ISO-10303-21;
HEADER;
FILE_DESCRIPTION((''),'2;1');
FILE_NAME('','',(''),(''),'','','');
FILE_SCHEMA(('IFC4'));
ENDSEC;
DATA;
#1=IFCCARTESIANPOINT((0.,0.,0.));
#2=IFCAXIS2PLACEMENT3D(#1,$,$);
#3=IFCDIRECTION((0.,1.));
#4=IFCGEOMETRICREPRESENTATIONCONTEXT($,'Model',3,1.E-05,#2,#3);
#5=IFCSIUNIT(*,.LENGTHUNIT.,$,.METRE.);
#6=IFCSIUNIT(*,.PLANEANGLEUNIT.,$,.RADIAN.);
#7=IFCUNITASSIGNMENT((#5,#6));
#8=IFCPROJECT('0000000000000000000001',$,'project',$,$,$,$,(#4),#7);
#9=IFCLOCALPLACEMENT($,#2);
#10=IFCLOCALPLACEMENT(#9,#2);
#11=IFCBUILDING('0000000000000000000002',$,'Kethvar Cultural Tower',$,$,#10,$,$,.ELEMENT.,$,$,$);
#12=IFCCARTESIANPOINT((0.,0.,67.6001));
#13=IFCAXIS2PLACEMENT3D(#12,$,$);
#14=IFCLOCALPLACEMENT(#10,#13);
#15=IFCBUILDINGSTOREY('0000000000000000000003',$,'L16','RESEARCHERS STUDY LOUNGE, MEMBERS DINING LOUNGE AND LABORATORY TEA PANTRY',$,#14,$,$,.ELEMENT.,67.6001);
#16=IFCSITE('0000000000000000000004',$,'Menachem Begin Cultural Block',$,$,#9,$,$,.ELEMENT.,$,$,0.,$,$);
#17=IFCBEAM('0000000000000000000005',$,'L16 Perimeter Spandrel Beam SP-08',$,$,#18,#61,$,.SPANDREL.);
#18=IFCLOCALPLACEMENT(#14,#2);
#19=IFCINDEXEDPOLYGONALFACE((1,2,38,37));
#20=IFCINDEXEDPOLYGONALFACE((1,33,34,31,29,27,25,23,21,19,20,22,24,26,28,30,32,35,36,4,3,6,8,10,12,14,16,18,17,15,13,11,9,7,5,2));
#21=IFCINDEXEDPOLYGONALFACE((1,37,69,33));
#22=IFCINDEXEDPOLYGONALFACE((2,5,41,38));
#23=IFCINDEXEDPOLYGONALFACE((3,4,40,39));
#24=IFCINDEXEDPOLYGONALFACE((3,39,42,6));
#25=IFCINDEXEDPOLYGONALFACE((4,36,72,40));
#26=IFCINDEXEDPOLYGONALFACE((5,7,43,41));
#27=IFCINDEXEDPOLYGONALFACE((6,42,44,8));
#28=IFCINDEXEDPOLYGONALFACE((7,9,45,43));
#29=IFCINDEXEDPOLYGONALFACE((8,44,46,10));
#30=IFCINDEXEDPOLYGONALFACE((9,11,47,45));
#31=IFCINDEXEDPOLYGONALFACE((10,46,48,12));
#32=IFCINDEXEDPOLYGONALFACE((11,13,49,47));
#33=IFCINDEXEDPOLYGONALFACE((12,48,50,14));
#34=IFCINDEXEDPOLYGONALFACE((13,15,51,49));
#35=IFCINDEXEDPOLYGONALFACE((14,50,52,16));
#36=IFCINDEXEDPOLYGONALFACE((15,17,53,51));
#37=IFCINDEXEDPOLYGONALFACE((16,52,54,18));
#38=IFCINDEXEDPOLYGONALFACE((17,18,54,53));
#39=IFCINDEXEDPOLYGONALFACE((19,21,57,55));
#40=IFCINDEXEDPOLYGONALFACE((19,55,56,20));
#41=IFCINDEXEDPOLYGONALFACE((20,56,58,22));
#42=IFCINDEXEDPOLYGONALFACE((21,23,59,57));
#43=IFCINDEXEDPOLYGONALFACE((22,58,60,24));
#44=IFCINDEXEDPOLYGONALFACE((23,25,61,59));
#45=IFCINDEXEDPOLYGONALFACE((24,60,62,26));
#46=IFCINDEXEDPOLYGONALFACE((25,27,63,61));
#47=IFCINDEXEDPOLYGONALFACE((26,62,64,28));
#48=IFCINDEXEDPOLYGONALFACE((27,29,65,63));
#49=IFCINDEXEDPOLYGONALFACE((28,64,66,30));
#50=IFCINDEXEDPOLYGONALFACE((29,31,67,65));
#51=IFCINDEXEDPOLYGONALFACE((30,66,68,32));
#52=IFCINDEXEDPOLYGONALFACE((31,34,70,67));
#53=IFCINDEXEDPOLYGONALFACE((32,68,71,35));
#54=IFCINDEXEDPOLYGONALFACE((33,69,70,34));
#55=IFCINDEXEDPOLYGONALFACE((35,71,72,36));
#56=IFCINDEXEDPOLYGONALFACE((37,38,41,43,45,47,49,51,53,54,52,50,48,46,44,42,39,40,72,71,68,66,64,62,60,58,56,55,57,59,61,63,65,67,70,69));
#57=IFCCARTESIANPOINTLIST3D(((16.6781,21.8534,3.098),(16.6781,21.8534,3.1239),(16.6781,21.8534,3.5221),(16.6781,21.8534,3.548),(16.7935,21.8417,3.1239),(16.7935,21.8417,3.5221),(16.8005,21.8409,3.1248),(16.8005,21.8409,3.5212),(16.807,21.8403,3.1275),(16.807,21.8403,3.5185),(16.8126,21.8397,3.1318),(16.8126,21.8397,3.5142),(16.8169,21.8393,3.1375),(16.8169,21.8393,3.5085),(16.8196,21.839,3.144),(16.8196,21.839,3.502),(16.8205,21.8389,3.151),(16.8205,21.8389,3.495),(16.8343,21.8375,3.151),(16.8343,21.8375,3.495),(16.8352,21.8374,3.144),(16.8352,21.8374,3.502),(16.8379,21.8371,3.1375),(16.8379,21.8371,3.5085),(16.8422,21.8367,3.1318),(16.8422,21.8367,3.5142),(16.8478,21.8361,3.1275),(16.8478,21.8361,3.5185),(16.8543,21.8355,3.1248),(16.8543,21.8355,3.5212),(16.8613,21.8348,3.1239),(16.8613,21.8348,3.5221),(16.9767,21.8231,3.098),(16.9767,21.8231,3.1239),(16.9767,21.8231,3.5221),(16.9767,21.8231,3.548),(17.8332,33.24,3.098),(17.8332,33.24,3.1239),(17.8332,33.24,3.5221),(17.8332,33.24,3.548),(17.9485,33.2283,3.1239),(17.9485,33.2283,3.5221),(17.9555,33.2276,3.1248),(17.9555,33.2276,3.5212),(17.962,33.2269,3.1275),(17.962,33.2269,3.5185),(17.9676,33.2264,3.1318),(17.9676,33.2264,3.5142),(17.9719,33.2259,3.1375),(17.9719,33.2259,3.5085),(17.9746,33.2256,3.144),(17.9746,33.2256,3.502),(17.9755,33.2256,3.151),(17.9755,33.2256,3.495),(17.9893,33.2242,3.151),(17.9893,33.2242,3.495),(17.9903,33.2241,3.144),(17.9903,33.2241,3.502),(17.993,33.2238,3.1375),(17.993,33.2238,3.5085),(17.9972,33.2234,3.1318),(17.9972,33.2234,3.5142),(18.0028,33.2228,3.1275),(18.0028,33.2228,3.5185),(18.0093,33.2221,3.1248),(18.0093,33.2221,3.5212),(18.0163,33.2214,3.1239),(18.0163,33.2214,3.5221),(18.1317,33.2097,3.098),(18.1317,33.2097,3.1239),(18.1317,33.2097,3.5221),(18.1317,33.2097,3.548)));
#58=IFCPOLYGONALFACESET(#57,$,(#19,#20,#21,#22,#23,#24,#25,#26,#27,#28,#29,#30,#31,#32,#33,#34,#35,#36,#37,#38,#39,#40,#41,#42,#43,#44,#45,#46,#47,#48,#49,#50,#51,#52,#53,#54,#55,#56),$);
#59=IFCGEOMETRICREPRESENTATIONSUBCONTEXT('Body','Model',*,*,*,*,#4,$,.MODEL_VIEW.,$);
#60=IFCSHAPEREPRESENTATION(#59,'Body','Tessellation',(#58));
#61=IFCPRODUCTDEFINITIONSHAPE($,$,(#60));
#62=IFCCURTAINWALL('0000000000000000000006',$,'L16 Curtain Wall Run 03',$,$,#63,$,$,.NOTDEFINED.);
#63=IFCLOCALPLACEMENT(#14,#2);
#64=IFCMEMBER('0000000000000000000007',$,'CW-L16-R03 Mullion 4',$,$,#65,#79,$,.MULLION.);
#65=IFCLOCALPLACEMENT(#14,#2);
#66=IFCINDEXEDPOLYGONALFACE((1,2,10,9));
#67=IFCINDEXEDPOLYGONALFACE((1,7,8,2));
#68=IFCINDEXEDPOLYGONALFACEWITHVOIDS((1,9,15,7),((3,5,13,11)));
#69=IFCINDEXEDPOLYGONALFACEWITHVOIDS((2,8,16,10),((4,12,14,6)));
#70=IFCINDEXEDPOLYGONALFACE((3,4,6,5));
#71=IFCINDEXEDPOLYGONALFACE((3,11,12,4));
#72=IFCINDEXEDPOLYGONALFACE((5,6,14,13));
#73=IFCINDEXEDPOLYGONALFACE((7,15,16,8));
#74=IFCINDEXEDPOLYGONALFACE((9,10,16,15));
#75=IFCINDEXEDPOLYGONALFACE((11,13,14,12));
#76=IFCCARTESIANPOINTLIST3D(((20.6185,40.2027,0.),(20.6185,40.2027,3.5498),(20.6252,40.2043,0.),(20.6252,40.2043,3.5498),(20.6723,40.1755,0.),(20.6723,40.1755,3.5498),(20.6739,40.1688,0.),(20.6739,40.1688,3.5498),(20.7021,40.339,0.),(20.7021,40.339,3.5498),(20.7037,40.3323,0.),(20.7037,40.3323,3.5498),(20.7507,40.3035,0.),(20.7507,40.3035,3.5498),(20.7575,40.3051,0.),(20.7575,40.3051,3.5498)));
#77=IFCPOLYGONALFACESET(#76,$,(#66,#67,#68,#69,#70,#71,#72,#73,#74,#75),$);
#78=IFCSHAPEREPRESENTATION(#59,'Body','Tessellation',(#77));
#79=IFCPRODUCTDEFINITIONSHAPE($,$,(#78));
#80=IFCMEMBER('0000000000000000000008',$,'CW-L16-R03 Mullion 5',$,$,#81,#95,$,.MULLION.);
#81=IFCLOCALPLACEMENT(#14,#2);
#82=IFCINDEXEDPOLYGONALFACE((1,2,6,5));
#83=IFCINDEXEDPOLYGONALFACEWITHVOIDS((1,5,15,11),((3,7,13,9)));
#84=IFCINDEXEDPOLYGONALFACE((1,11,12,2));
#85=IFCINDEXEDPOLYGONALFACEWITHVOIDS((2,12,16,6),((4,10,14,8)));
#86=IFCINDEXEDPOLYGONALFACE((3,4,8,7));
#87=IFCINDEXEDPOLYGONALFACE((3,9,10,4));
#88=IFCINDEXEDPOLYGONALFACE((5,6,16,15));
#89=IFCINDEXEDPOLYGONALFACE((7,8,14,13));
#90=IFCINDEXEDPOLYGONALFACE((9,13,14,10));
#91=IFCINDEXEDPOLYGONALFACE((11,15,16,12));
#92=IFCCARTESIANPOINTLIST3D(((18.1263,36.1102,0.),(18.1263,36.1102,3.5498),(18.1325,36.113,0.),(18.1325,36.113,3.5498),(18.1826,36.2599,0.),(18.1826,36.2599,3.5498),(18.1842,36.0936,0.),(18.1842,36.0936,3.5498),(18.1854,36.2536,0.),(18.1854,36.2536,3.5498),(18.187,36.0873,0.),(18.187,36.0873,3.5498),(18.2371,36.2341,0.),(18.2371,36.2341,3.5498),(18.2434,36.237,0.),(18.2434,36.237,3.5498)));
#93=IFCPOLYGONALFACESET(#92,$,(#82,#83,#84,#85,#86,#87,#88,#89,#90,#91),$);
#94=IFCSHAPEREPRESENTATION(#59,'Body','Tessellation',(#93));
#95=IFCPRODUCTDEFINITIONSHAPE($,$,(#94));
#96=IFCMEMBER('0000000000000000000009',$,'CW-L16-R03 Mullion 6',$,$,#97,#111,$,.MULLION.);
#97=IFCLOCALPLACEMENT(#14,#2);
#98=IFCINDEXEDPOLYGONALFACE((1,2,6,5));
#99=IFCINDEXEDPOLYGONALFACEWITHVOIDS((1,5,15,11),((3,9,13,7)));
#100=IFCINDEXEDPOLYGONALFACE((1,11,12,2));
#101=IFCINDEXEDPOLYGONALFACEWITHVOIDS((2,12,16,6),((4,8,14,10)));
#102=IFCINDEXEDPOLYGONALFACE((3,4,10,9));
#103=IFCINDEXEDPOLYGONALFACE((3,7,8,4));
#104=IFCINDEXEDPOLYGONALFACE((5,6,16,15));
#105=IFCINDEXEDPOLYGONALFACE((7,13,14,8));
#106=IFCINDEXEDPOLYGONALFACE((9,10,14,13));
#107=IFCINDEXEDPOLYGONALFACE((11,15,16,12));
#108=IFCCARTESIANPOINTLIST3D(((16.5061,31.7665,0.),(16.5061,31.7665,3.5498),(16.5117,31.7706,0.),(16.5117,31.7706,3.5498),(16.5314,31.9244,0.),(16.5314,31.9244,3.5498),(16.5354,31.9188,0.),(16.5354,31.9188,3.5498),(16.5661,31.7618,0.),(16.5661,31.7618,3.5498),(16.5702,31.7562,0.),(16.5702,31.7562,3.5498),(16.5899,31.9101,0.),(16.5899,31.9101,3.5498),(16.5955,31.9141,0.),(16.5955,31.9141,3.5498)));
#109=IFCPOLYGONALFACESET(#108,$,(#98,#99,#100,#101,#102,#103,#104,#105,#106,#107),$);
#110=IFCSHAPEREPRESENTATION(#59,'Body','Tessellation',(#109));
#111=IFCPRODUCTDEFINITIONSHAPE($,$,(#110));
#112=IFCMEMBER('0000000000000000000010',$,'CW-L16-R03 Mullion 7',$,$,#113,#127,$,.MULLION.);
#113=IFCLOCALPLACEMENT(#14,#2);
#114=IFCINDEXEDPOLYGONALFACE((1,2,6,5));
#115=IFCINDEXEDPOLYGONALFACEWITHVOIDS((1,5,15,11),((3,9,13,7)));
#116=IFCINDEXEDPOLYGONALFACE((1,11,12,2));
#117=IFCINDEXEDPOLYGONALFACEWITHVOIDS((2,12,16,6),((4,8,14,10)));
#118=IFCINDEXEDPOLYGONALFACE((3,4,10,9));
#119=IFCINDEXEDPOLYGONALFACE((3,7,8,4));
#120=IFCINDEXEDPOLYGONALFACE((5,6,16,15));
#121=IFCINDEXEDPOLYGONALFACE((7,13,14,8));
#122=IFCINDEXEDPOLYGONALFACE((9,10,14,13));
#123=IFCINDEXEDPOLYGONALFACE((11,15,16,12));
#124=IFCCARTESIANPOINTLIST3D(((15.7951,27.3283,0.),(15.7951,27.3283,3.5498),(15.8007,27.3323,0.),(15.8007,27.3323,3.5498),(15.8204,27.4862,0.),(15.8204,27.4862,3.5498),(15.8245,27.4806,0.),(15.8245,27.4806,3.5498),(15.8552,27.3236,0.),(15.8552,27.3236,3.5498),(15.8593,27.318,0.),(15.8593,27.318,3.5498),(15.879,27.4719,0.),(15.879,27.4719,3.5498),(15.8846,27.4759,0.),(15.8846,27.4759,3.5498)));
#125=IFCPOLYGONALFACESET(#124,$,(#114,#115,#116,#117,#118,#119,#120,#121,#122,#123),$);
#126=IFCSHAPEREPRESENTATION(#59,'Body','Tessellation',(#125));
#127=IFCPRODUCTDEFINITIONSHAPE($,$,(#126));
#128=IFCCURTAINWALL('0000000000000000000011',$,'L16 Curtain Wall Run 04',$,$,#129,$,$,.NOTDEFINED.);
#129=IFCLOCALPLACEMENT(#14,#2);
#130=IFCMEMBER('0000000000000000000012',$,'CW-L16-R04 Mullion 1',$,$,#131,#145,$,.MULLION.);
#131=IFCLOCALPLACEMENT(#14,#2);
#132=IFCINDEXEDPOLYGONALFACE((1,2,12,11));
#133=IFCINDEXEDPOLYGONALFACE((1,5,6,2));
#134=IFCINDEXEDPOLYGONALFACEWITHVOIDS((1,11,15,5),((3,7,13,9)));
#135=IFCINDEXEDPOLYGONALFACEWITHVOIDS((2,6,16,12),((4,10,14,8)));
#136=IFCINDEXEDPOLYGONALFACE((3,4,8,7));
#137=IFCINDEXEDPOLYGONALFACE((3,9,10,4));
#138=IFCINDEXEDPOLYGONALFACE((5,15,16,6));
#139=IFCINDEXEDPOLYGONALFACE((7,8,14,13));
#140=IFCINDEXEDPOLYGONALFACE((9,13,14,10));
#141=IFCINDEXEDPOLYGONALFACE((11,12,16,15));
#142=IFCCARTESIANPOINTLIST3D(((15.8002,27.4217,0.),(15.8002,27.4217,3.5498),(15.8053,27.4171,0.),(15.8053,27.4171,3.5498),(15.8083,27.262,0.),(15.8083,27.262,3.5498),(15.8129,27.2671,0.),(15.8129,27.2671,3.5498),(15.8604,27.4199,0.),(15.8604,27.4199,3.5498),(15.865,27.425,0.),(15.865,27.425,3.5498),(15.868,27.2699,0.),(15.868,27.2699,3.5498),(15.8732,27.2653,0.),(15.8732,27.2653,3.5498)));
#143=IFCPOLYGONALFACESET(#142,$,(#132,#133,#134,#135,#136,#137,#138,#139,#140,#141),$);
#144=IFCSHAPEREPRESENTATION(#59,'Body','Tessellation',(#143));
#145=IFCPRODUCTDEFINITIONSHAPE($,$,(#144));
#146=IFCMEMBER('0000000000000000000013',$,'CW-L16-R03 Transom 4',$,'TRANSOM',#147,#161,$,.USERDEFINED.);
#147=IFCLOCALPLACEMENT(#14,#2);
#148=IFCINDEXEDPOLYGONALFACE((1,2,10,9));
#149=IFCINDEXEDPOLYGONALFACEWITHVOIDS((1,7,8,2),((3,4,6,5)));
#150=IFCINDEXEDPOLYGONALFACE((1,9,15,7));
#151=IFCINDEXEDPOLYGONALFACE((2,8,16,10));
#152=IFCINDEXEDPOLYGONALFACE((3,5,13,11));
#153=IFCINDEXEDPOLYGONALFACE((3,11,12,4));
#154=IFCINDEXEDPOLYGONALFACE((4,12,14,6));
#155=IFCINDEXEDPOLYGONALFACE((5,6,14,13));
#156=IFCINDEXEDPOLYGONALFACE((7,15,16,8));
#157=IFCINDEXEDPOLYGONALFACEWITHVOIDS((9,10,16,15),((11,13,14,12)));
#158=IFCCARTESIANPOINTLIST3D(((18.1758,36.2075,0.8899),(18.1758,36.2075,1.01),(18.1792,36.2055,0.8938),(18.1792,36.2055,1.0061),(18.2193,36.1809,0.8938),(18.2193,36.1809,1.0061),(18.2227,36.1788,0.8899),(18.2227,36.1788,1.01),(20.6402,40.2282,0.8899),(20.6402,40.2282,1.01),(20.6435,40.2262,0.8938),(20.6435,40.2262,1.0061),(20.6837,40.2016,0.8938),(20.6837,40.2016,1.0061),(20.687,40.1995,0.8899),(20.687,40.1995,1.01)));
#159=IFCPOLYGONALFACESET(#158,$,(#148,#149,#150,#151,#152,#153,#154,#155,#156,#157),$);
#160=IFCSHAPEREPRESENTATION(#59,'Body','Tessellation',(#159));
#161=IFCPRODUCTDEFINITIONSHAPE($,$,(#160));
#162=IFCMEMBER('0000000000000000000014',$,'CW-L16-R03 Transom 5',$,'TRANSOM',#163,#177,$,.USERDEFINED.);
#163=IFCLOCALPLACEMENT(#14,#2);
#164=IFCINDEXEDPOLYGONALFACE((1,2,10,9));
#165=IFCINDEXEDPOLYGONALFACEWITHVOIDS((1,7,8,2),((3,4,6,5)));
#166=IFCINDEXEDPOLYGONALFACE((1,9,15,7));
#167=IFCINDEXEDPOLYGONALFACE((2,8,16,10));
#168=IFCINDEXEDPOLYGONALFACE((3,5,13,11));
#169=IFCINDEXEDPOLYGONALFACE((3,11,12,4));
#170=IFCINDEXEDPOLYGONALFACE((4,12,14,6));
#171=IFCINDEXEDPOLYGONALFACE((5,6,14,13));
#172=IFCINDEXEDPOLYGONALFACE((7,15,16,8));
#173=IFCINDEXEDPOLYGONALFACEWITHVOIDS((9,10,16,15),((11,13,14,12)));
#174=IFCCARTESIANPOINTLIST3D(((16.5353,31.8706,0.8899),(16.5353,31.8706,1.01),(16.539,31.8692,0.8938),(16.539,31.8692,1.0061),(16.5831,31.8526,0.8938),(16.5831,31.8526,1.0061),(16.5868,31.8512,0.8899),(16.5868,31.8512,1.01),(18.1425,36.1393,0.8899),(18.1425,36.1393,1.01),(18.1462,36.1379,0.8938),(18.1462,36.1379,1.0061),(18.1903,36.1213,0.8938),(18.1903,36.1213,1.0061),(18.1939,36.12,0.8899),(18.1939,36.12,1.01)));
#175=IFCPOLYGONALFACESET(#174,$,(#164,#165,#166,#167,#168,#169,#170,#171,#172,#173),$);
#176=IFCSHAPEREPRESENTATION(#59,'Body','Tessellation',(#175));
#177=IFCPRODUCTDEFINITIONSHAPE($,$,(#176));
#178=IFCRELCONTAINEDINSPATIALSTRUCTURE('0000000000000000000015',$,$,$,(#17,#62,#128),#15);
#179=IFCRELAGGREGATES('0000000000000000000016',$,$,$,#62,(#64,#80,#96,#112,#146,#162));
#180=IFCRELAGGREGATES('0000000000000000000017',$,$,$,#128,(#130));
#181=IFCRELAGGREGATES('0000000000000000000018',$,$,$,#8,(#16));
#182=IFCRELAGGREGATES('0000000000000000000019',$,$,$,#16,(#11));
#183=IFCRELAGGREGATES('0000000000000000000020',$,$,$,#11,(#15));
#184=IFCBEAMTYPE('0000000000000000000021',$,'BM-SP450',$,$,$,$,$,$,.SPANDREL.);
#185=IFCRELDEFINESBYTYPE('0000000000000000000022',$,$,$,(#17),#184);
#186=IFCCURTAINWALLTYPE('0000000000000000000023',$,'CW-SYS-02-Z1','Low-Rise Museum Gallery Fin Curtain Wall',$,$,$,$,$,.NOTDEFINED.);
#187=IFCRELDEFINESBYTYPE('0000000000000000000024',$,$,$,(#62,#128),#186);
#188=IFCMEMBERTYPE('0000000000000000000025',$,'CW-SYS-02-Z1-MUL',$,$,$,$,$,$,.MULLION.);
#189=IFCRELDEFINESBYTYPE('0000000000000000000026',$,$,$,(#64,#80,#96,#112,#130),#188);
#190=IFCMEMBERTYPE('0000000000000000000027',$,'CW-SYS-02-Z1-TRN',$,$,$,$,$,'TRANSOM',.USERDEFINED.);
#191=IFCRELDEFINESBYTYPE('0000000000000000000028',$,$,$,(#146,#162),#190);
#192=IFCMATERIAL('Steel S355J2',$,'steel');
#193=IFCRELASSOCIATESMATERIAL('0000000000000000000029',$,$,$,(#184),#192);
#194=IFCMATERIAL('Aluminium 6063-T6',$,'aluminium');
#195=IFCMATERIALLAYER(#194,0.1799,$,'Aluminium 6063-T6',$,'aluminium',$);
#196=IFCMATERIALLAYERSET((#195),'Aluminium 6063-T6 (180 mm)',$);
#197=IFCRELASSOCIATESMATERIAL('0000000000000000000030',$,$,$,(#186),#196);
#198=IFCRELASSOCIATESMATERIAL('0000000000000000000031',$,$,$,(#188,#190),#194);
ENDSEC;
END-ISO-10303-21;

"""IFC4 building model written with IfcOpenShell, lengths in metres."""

from ifc_helpers import new_model, si_unit, direction, frame, origin, origin_2d, place, context, subcontext, project, spatial, hollow_rectangle, i_section, extrude, source, transform, mapped, material, layer, layer_set, material_profile, profile_set, type_object, element, aggregate, save


model = new_model("IFC4")

# Units and contexts
model_context = context("Model", 3, precision=1e-05, world=origin(), true_north=direction((0.0, 1.0)))
body_context = subcontext(model_context, "Body", "Model", "MODEL_VIEW")
ifc_project = project(units=[si_unit("LENGTHUNIT", "METRE"), si_unit("PLANEANGLEUNIT", "RADIAN")], contexts=[model_context])

# Site, building, storey
site_placement = place(None, origin())
site = spatial("IfcSite", under=ifc_project, at=site_placement, Name="Menachem Begin Cultural Block", CompositionType="ELEMENT", RefElevation=0.0)
building_placement = place(site_placement, origin())
building = spatial("IfcBuilding", under=site, at=building_placement, Name="Kethvar Cultural Tower", CompositionType="ELEMENT")
storey_placement = place(building_placement, frame((0.0, 0.0, 67.6001)))
storey = spatial("IfcBuildingStorey", under=building, at=storey_placement, Name="L16", Description="RESEARCHERS STUDY LOUNGE, MEMBERS DINING LOUNGE AND LABORATORY TEA PANTRY", CompositionType="ELEMENT", Elevation=67.6001)

# Beam
ifc_material_1 = material(Name="Steel S355J2", Category="steel")
ifc_material_profile_1 = material_profile(ifc_material_1, i_section(OverallWidth=0.3, OverallDepth=0.45, WebThickness=0.0139, FlangeThickness=0.0259, FilletRadius=0.0271, at=origin_2d()), Name="Steel S355J2 — HEB450")
ifc_profile_set_1 = profile_set([ifc_material_profile_1], Name="Steel S355J2 — HEB450")
beam_type_1 = type_object("IfcBeamType", Name="BM-SP450", PredefinedType="SPANDREL", material=ifc_profile_set_1)
shared_shape_1 = source(origin(), body_context, "Body", "SweptSolid", [
    extrude(i_section(OverallWidth=0.3, OverallDepth=0.45, WebThickness=0.0139, FlangeThickness=0.0259, FilletRadius=0.0271, at=origin_2d()), origin(), (0.0, 0.0, 1.0), 11.4451),
])
beam_1_placement = place(storey_placement, frame((17.9824, 33.2249, 3.323), z_axis=(-0.100919, -0.994895, 0.0), x_axis=(0.994895, -0.100919, 0.0)))
element("IfcBeam", 1, at=beam_1_placement, inside=storey, type_object=beam_type_1, Name="L16 Perimeter Spandrel Beam SP-08", PredefinedType="SPANDREL", context=body_context, shape_type="MappedRepresentation", body=[
    mapped(shared_shape_1, transform((0.0, 0.0, 0.0), scale=1.0)),
])

# Curtain wall, members
ifc_material_2 = material(Name="Aluminium 6063-T6", Category="aluminium")
ifc_layer_1 = layer(ifc_material_2, 0.1799, Name="Aluminium 6063-T6", Category="aluminium")
ifc_layer_set_1 = layer_set([ifc_layer_1], Name="Aluminium 6063-T6 (180 mm)")
curtain_wall_type = type_object("IfcCurtainWallType", Name="CW-SYS-02-Z1", Description="Low-Rise Museum Gallery Fin Curtain Wall", PredefinedType="NOTDEFINED", material=ifc_layer_set_1)
curtain_wall_1_placement = place(storey_placement, origin())
curtain_wall_1 = element("IfcCurtainWall", 2, at=curtain_wall_1_placement, inside=storey, type_object=curtain_wall_type, Name="L16 Curtain Wall Run 03", PredefinedType="NOTDEFINED")
ifc_material_profile_2 = material_profile(ifc_material_2, hollow_rectangle(XDim=0.0649, YDim=0.1599, WallThickness=0.0049, at=origin_2d()), Name="Aluminium 6063-T6 — RHS160x65x5")
ifc_profile_set_2 = profile_set([ifc_material_profile_2], Name="Aluminium 6063-T6 — RHS160x65x5")
member_type_1 = type_object("IfcMemberType", Name="CW-SYS-02-Z1-MUL", PredefinedType="MULLION", material=ifc_profile_set_2)
shared_shape_2 = source(origin(), body_context, "Body", "SweptSolid", [
    extrude(hollow_rectangle(XDim=0.0649, YDim=0.1599, WallThickness=0.0049, at=origin_2d()), origin(), (0.0, 0.0, 1.0), 3.5498),
])
member_1_placement = place(storey_placement, frame((20.688, 40.2539, 0.0), z_axis=(0.0, 0.0, 1.0), x_axis=(0.852613, -0.522543, 0.0)))
member_1 = element("IfcMember", 3, at=member_1_placement, type_object=member_type_1, Name="CW-L16-R03 Mullion 4", PredefinedType="MULLION", context=body_context, shape_type="MappedRepresentation", body=[
    mapped(shared_shape_2, transform((0.0, 0.0, 0.0), scale=1.0)),
])
member_2_placement = place(storey_placement, frame((18.1848, 36.1736, 0.0), z_axis=(0.0, 0.0, 1.0), x_axis=(0.935863, -0.352364, 0.0)))
member_2 = element("IfcMember", 4, at=member_2_placement, type_object=member_type_1, Name="CW-L16-R03 Mullion 5", PredefinedType="MULLION", context=body_context, shape_type="MappedRepresentation", body=[
    mapped(shared_shape_2, transform((0.0, 0.0, 0.0), scale=1.0)),
])
member_3_placement = place(storey_placement, frame((16.5508, 31.8403, 0.0), z_axis=(0.0, 0.0, 1.0), x_axis=(0.987411, -0.158175, 0.0)))
member_3 = element("IfcMember", 5, at=member_3_placement, type_object=member_type_1, Name="CW-L16-R03 Mullion 6", PredefinedType="MULLION", context=body_context, shape_type="MappedRepresentation", body=[
    mapped(shared_shape_2, transform((0.0, 0.0, 0.0), scale=1.0)),
])
member_4_placement = place(storey_placement, frame((15.8398, 27.4021, 0.0), z_axis=(0.0, 0.0, 1.0), x_axis=(0.987411, -0.158175, 0.0)))
member_4 = element("IfcMember", 6, at=member_4_placement, type_object=member_type_1, Name="CW-L16-R03 Mullion 7", PredefinedType="MULLION", context=body_context, shape_type="MappedRepresentation", body=[
    mapped(shared_shape_2, transform((0.0, 0.0, 0.0), scale=1.0)),
])

# Curtain wall, member
curtain_wall_2_placement = place(storey_placement, origin())
curtain_wall_2 = element("IfcCurtainWall", 7, at=curtain_wall_2_placement, inside=storey, type_object=curtain_wall_type, Name="L16 Curtain Wall Run 04", PredefinedType="NOTDEFINED")
member_5_placement = place(storey_placement, frame((15.8367, 27.3435, 0.0), z_axis=(0.0, 0.0, 1.0), x_axis=(0.998711, 0.05075, 0.0)))
member_5 = element("IfcMember", 8, at=member_5_placement, type_object=member_type_1, Name="CW-L16-R04 Mullion 1", PredefinedType="MULLION", context=body_context, shape_type="MappedRepresentation", body=[
    mapped(shared_shape_2, transform((0.0, 0.0, 0.0), scale=1.0)),
])

# Members
ifc_material_profile_3 = material_profile(ifc_material_2, hollow_rectangle(XDim=0.0549, YDim=0.1201, WallThickness=0.0039, at=origin_2d()), Name="Aluminium 6063-T6 — RHS120x55x4")
ifc_profile_set_3 = profile_set([ifc_material_profile_3], Name="Aluminium 6063-T6 — RHS120x55x4")
member_type_2 = type_object("IfcMemberType", Name="CW-SYS-02-Z1-TRN", ElementType="TRANSOM", PredefinedType="USERDEFINED", material=ifc_profile_set_3)
shared_shape_3 = source(origin(), body_context, "Body", "SweptSolid", [
    extrude(hollow_rectangle(XDim=0.0549, YDim=0.1201, WallThickness=0.0039, at=origin_2d()), origin(), (0.0, 0.0, 1.0), 4.7158),
])
member_6_placement = place(storey_placement, frame((20.6636, 40.2139, 0.95), z_axis=(-0.522566, -0.852599, 0.0), x_axis=(0.852599, -0.522566, 0.0)))
member_6 = element("IfcMember", 9, at=member_6_placement, type_object=member_type_2, Name="CW-L16-R03 Transom 4", ObjectType="TRANSOM", PredefinedType="USERDEFINED", context=body_context, shape_type="MappedRepresentation", body=[
    mapped(shared_shape_3, transform((0.0, 0.0, 0.0), scale=1.0)),
])
shared_shape_4 = source(origin(), body_context, "Body", "SweptSolid", [
    extrude(hollow_rectangle(XDim=0.0549, YDim=0.1201, WallThickness=0.0039, at=origin_2d()), origin(), (0.0, 0.0, 1.0), 4.5613),
])
member_7_placement = place(storey_placement, frame((18.1682, 36.1296, 0.95), z_axis=(-0.352349, -0.935869, 0.0), x_axis=(0.935869, -0.352349, 0.0)))
member_7 = element("IfcMember", 10, at=member_7_placement, type_object=member_type_2, Name="CW-L16-R03 Transom 5", ObjectType="TRANSOM", PredefinedType="USERDEFINED", context=body_context, shape_type="MappedRepresentation", body=[
    mapped(shared_shape_4, transform((0.0, 0.0, 0.0), scale=1.0)),
])

aggregate(curtain_wall_1, [member_1, member_2, member_3, member_4, member_6, member_7])
aggregate(curtain_wall_2, [member_5])

save(model, "model.ifc")
